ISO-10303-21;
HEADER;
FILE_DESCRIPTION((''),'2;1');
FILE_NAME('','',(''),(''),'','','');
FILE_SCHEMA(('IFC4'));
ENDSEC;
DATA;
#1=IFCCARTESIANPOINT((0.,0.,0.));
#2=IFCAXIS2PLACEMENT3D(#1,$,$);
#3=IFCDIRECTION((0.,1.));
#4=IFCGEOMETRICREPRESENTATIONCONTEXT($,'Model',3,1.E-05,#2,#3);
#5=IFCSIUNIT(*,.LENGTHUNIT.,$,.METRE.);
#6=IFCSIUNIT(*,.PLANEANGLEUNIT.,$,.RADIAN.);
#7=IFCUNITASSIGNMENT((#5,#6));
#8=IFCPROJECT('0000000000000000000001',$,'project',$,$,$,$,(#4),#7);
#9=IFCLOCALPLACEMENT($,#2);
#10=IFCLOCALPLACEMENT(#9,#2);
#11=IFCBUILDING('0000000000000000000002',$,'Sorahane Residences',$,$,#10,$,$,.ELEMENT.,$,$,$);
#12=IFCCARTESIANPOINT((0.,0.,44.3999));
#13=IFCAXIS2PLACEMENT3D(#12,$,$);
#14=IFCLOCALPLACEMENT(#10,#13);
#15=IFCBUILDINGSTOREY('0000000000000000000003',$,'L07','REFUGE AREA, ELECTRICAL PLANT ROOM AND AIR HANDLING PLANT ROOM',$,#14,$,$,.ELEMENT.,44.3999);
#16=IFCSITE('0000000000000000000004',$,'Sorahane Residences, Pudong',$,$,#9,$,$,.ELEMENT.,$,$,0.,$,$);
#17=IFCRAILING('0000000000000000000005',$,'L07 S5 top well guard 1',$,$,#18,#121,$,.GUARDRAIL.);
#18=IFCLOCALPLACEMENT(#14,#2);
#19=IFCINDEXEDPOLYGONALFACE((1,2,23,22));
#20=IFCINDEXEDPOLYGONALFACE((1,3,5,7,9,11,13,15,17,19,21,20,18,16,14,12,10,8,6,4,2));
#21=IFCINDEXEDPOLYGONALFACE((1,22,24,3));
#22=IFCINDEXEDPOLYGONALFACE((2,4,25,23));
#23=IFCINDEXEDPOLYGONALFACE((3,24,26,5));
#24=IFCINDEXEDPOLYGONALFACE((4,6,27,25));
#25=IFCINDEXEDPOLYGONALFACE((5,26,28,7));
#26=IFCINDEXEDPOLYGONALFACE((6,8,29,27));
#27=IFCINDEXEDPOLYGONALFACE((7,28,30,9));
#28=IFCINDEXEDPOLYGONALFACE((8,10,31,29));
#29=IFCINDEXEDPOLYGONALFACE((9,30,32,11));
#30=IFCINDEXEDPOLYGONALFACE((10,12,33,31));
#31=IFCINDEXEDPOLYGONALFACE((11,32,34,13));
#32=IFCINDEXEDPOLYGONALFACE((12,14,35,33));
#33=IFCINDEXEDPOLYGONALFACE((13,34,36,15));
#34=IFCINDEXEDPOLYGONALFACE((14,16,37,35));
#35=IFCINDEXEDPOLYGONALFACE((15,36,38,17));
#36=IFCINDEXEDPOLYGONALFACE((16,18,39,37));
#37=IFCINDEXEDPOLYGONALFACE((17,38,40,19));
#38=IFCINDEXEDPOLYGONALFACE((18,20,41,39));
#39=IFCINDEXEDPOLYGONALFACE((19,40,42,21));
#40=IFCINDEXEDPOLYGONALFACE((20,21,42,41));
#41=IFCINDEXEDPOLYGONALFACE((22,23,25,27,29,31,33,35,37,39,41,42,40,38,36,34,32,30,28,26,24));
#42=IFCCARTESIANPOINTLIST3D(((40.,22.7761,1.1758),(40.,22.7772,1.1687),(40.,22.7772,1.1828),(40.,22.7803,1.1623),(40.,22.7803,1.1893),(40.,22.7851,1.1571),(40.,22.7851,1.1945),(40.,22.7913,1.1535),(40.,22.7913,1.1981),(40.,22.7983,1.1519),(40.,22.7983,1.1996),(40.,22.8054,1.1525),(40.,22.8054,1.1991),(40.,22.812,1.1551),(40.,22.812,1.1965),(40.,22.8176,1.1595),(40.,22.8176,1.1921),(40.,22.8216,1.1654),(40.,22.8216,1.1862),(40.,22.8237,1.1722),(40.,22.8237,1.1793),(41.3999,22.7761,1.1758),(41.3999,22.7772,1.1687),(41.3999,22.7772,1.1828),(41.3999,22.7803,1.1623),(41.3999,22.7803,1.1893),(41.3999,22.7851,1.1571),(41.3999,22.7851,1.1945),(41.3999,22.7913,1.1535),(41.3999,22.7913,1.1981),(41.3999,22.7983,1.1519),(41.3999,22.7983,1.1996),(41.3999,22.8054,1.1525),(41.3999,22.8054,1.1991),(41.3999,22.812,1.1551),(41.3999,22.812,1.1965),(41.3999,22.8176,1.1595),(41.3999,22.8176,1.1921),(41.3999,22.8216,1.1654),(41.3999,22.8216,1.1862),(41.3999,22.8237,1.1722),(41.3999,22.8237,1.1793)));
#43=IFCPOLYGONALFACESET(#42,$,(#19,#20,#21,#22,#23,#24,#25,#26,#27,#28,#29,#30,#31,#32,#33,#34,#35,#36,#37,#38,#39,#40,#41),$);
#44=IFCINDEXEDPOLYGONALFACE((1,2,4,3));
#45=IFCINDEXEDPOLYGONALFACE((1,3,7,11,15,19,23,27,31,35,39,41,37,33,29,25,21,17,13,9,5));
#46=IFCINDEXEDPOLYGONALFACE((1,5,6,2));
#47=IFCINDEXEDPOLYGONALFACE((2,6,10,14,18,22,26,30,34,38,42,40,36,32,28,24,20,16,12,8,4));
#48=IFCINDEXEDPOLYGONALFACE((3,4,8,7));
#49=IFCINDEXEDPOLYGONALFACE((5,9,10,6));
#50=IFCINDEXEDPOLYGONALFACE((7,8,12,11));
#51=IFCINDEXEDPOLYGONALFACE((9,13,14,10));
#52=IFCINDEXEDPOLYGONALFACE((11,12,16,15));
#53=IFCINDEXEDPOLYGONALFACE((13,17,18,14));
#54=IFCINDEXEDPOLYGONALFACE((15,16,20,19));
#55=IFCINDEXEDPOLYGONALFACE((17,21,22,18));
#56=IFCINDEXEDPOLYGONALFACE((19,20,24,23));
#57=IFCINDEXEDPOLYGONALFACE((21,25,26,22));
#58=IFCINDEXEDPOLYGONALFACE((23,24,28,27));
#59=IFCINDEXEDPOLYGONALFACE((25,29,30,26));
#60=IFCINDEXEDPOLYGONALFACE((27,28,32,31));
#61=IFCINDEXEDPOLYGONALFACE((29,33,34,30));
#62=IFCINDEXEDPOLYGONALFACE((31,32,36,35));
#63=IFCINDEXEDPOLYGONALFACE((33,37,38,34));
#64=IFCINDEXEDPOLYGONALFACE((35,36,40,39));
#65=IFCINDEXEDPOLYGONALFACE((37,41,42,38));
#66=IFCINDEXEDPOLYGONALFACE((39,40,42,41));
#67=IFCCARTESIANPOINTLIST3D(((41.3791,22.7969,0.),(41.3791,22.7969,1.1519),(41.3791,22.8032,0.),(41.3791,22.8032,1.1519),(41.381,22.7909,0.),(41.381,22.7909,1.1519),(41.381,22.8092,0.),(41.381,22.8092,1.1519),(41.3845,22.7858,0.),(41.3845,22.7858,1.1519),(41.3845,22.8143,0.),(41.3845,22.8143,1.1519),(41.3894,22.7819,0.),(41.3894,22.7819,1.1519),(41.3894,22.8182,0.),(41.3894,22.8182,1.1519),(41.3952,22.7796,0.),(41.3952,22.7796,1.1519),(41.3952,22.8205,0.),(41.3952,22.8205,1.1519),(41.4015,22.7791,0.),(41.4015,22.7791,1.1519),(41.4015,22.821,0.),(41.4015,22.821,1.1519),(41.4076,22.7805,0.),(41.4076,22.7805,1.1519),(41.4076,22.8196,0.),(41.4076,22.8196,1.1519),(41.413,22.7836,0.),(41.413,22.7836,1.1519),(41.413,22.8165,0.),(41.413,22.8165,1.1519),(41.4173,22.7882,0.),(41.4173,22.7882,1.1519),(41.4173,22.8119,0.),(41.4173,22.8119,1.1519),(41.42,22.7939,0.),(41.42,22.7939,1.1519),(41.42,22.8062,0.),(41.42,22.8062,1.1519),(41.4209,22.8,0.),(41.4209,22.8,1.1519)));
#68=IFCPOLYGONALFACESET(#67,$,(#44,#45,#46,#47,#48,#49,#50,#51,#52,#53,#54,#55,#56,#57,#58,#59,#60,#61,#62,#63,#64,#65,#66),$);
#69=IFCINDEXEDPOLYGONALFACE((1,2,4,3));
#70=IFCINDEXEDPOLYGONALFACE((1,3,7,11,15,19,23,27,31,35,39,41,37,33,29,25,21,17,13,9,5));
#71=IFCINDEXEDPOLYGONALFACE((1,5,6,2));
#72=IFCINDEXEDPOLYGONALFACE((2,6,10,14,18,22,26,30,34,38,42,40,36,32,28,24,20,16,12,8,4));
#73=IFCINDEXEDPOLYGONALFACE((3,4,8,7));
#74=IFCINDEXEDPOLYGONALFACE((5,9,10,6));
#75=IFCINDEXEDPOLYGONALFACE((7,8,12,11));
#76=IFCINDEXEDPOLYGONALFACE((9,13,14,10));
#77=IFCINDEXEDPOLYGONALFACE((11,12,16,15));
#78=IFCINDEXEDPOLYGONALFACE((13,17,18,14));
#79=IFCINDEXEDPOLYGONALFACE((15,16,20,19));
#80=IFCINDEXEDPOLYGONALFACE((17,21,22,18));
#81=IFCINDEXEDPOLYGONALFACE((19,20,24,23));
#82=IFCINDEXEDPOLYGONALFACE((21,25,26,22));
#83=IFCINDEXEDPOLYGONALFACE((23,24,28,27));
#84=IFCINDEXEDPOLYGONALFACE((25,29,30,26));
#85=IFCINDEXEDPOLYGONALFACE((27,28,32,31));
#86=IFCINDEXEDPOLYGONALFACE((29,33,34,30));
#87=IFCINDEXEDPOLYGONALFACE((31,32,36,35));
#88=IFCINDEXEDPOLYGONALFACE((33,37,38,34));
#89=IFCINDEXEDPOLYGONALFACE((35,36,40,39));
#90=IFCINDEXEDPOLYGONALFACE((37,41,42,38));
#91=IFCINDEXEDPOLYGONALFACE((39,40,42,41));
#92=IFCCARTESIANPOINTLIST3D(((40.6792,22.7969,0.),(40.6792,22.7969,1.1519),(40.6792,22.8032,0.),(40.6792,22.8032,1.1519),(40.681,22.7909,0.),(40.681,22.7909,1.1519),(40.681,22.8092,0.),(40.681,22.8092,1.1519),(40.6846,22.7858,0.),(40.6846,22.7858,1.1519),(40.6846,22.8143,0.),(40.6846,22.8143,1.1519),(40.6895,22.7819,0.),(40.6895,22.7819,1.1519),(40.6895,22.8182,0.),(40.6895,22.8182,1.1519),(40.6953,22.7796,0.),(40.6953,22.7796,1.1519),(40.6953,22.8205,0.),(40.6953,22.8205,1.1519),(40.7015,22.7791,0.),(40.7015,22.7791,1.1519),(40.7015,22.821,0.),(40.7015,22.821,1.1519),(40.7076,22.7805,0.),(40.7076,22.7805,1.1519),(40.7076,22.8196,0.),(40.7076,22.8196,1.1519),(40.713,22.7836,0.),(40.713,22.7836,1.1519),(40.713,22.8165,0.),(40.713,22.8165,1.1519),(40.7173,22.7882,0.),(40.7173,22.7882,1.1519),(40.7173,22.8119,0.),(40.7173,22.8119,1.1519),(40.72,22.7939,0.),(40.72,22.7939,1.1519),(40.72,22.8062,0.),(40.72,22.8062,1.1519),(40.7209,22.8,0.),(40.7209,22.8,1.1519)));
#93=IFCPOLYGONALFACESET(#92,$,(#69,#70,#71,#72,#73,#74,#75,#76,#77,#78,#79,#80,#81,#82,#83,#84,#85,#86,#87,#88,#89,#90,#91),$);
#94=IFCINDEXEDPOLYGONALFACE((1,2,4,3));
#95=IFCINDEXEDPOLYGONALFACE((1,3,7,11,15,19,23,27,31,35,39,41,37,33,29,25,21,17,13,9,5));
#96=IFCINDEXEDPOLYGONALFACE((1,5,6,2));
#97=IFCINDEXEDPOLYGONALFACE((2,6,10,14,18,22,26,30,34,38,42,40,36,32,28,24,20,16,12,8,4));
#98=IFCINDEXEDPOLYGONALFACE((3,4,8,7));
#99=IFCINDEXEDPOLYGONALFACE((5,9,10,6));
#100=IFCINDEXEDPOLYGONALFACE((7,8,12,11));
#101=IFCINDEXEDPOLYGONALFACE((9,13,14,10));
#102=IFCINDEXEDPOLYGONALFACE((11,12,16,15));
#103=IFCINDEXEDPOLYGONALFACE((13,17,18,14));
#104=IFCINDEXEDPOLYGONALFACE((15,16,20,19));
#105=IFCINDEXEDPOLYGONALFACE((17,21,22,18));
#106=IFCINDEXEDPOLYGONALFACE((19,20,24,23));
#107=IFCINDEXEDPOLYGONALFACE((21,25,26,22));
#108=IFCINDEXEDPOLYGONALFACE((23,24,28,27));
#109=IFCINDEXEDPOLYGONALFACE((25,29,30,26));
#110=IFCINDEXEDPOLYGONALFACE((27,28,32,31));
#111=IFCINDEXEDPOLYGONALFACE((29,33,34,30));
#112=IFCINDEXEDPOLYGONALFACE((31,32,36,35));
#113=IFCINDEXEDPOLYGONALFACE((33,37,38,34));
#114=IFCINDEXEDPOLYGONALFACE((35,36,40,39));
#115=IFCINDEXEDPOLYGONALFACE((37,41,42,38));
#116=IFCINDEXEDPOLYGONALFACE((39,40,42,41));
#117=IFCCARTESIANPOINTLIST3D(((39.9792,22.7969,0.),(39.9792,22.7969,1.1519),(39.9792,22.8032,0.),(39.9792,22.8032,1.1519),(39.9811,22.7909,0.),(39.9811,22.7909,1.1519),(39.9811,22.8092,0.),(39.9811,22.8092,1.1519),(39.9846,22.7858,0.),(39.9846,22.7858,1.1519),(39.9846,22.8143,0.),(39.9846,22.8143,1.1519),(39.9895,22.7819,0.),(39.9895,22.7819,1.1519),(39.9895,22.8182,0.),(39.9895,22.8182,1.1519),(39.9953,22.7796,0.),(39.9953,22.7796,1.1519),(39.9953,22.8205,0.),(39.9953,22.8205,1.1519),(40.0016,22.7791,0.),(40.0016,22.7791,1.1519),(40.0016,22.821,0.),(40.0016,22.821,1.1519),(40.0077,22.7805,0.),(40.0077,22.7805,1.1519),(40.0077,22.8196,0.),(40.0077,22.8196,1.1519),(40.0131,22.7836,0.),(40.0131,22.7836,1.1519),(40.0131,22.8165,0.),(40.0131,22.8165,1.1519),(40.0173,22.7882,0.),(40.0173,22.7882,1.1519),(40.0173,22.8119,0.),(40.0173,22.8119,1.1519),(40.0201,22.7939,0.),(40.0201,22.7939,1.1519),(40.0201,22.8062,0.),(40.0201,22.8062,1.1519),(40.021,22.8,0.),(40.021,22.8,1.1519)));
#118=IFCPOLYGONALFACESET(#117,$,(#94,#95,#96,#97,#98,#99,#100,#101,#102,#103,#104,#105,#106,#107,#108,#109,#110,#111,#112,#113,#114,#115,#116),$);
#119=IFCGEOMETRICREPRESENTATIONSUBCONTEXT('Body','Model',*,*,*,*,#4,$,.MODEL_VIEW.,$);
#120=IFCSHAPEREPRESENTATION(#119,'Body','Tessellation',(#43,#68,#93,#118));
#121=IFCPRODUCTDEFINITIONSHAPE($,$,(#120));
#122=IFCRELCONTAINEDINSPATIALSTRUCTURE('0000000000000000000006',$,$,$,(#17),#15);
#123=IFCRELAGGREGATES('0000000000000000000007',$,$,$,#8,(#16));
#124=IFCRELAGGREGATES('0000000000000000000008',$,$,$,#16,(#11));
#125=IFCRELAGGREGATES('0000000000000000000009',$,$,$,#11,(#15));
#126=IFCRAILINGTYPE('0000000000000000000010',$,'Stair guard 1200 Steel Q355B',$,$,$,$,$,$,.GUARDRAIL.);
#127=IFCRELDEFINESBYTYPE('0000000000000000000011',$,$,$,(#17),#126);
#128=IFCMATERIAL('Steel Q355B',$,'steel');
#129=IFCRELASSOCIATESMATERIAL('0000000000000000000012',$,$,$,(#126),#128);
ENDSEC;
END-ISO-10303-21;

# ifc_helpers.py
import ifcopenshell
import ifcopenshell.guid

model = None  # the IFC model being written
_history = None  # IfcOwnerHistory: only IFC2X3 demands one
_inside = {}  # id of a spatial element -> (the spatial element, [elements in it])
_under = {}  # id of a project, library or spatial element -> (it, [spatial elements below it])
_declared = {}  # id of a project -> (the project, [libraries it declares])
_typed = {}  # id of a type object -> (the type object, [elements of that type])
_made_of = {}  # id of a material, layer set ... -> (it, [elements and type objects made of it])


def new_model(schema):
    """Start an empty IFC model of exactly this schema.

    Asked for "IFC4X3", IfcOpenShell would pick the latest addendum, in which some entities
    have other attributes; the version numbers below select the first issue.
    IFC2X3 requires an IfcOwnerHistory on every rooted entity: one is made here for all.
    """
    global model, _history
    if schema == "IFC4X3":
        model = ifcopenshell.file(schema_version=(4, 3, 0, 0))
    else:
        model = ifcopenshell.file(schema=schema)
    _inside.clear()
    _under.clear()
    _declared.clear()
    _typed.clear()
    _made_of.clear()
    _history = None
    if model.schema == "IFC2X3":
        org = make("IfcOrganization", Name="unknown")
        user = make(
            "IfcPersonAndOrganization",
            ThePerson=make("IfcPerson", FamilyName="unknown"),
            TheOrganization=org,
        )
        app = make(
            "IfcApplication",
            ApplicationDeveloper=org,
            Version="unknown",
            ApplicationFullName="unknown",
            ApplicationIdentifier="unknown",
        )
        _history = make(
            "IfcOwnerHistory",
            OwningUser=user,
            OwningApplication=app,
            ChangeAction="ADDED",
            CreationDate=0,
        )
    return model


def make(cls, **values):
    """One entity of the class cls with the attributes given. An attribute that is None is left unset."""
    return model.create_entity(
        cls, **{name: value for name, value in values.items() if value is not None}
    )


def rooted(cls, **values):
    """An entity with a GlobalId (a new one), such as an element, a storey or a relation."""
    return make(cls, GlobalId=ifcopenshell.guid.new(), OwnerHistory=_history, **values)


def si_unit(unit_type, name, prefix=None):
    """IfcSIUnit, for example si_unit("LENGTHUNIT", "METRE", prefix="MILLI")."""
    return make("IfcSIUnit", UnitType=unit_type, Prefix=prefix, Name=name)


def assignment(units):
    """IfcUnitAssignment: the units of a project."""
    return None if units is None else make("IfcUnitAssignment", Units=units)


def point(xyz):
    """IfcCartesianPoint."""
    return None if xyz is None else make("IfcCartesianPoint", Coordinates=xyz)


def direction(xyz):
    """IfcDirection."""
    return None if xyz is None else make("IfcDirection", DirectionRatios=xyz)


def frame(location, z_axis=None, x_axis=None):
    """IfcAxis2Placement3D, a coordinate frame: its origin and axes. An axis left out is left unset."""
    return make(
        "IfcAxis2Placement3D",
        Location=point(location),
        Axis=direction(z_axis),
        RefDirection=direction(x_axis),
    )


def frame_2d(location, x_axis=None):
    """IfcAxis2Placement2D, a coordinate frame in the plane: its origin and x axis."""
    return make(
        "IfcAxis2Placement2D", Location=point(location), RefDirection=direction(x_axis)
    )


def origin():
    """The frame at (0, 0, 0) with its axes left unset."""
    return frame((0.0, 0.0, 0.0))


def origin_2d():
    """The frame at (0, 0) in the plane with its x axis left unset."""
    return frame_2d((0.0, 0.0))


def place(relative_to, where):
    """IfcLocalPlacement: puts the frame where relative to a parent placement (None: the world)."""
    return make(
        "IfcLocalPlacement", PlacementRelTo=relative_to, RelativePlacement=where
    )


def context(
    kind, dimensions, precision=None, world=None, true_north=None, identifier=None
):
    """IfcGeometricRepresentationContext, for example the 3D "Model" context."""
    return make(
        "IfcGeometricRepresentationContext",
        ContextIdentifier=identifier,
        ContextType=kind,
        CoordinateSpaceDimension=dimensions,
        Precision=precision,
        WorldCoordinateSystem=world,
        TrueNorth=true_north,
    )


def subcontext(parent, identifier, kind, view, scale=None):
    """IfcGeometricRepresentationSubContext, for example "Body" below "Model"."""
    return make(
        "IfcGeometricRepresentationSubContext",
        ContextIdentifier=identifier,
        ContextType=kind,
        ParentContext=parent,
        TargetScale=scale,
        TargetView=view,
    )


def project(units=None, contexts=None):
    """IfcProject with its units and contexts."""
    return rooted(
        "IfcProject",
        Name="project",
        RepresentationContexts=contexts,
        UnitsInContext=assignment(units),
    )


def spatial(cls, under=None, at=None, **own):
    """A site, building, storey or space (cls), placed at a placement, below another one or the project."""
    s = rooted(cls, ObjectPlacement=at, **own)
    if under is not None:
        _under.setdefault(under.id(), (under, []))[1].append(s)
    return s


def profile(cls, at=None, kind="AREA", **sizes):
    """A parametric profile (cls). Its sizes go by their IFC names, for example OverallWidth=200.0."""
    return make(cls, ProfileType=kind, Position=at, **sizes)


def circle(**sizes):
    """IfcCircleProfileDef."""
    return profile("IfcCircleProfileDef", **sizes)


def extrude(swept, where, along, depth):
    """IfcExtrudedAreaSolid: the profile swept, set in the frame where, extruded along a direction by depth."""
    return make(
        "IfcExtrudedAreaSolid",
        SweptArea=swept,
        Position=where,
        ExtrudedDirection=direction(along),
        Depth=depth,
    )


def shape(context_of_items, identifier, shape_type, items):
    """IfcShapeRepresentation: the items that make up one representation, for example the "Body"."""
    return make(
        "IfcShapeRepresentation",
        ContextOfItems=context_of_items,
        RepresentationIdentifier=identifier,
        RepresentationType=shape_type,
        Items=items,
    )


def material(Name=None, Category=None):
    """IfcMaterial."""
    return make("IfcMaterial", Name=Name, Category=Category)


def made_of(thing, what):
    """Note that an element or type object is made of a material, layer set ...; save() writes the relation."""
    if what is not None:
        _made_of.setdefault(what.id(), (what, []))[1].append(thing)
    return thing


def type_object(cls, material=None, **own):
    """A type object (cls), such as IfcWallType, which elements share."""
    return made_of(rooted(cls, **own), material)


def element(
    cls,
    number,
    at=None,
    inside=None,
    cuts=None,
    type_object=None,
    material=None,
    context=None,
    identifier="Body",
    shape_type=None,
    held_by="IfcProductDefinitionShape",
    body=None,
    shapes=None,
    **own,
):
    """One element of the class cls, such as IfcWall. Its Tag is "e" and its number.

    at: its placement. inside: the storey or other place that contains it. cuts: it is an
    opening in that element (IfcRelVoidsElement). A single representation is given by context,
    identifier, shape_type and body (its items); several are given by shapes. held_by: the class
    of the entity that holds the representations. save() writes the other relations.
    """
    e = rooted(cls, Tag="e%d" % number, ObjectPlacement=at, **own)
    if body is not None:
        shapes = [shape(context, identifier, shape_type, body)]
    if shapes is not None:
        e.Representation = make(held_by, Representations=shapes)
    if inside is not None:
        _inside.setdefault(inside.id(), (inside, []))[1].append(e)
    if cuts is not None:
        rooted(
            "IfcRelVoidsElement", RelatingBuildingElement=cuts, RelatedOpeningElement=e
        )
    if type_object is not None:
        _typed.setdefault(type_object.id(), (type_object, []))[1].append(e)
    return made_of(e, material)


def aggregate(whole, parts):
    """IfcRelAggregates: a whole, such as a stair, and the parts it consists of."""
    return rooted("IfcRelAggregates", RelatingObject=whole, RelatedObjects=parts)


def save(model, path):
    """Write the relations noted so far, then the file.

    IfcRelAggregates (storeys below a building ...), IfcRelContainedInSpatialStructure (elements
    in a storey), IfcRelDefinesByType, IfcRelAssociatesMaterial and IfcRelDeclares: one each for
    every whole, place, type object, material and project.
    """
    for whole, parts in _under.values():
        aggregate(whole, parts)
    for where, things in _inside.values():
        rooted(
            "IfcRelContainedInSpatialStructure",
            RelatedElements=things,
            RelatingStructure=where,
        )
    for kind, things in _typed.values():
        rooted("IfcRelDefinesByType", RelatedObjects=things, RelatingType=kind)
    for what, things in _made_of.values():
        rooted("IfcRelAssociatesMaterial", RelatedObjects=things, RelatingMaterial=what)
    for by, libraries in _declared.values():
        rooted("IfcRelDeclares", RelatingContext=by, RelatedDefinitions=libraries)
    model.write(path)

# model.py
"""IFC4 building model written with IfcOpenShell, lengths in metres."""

from ifc_helpers import new_model, si_unit, direction, frame, origin, origin_2d, place, context, subcontext, project, spatial, circle, extrude, material, type_object, element, save


model = new_model("IFC4")

# Units and contexts
model_context = context("Model", 3, precision=1e-05, world=origin(), true_north=direction((0.0, 1.0)))
body_context = subcontext(model_context, "Body", "Model", "MODEL_VIEW")
ifc_project = project(units=[si_unit("LENGTHUNIT", "METRE"), si_unit("PLANEANGLEUNIT", "RADIAN")], contexts=[model_context])

# Site, building, storey
site_placement = place(None, origin())
site = spatial("IfcSite", under=ifc_project, at=site_placement, Name="Sorahane Residences, Pudong", CompositionType="ELEMENT", RefElevation=0.0)
building_placement = place(site_placement, origin())
building = spatial("IfcBuilding", under=site, at=building_placement, Name="Sorahane Residences", CompositionType="ELEMENT")
storey_placement = place(building_placement, frame((0.0, 0.0, 44.3999)))
storey = spatial("IfcBuildingStorey", under=building, at=storey_placement, Name="L07", Description="REFUGE AREA, ELECTRICAL PLANT ROOM AND AIR HANDLING PLANT ROOM", CompositionType="ELEMENT", Elevation=44.3999)

# Railing
ifc_material_1 = material(Name="Steel Q355B", Category="steel")
railing_type_1 = type_object("IfcRailingType", Name="Stair guard 1200 Steel Q355B", PredefinedType="GUARDRAIL", material=ifc_material_1)
railing_1_placement = place(storey_placement, frame((41.3999, 22.8, 0.0)))
element("IfcRailing", 1, at=railing_1_placement, inside=storey, type_object=railing_type_1, Name="L07 S5 top well guard 1", PredefinedType="GUARDRAIL", context=body_context, shape_type="SweptSolid", body=[
    extrude(circle(Radius=0.0239, at=origin_2d()), frame((0.0, 0.0, 1.1758), z_axis=(-1.0, 0.0, 0.0), x_axis=(0.0, -1.0, 0.0)), (0.0, 0.0, 1.0), 1.3999),
    extrude(circle(Radius=0.021, at=origin_2d()), origin(), (0.0, 0.0, 1.0), 1.1519),
    extrude(circle(Radius=0.021, at=origin_2d()), frame((-0.7, 0.0, 0.0)), (0.0, 0.0, 1.0), 1.1519),
    extrude(circle(Radius=0.021, at=origin_2d()), frame((-1.3999, 0.0, 0.0)), (0.0, 0.0, 1.0), 1.1519),
])

save(model, "model.ifc")
